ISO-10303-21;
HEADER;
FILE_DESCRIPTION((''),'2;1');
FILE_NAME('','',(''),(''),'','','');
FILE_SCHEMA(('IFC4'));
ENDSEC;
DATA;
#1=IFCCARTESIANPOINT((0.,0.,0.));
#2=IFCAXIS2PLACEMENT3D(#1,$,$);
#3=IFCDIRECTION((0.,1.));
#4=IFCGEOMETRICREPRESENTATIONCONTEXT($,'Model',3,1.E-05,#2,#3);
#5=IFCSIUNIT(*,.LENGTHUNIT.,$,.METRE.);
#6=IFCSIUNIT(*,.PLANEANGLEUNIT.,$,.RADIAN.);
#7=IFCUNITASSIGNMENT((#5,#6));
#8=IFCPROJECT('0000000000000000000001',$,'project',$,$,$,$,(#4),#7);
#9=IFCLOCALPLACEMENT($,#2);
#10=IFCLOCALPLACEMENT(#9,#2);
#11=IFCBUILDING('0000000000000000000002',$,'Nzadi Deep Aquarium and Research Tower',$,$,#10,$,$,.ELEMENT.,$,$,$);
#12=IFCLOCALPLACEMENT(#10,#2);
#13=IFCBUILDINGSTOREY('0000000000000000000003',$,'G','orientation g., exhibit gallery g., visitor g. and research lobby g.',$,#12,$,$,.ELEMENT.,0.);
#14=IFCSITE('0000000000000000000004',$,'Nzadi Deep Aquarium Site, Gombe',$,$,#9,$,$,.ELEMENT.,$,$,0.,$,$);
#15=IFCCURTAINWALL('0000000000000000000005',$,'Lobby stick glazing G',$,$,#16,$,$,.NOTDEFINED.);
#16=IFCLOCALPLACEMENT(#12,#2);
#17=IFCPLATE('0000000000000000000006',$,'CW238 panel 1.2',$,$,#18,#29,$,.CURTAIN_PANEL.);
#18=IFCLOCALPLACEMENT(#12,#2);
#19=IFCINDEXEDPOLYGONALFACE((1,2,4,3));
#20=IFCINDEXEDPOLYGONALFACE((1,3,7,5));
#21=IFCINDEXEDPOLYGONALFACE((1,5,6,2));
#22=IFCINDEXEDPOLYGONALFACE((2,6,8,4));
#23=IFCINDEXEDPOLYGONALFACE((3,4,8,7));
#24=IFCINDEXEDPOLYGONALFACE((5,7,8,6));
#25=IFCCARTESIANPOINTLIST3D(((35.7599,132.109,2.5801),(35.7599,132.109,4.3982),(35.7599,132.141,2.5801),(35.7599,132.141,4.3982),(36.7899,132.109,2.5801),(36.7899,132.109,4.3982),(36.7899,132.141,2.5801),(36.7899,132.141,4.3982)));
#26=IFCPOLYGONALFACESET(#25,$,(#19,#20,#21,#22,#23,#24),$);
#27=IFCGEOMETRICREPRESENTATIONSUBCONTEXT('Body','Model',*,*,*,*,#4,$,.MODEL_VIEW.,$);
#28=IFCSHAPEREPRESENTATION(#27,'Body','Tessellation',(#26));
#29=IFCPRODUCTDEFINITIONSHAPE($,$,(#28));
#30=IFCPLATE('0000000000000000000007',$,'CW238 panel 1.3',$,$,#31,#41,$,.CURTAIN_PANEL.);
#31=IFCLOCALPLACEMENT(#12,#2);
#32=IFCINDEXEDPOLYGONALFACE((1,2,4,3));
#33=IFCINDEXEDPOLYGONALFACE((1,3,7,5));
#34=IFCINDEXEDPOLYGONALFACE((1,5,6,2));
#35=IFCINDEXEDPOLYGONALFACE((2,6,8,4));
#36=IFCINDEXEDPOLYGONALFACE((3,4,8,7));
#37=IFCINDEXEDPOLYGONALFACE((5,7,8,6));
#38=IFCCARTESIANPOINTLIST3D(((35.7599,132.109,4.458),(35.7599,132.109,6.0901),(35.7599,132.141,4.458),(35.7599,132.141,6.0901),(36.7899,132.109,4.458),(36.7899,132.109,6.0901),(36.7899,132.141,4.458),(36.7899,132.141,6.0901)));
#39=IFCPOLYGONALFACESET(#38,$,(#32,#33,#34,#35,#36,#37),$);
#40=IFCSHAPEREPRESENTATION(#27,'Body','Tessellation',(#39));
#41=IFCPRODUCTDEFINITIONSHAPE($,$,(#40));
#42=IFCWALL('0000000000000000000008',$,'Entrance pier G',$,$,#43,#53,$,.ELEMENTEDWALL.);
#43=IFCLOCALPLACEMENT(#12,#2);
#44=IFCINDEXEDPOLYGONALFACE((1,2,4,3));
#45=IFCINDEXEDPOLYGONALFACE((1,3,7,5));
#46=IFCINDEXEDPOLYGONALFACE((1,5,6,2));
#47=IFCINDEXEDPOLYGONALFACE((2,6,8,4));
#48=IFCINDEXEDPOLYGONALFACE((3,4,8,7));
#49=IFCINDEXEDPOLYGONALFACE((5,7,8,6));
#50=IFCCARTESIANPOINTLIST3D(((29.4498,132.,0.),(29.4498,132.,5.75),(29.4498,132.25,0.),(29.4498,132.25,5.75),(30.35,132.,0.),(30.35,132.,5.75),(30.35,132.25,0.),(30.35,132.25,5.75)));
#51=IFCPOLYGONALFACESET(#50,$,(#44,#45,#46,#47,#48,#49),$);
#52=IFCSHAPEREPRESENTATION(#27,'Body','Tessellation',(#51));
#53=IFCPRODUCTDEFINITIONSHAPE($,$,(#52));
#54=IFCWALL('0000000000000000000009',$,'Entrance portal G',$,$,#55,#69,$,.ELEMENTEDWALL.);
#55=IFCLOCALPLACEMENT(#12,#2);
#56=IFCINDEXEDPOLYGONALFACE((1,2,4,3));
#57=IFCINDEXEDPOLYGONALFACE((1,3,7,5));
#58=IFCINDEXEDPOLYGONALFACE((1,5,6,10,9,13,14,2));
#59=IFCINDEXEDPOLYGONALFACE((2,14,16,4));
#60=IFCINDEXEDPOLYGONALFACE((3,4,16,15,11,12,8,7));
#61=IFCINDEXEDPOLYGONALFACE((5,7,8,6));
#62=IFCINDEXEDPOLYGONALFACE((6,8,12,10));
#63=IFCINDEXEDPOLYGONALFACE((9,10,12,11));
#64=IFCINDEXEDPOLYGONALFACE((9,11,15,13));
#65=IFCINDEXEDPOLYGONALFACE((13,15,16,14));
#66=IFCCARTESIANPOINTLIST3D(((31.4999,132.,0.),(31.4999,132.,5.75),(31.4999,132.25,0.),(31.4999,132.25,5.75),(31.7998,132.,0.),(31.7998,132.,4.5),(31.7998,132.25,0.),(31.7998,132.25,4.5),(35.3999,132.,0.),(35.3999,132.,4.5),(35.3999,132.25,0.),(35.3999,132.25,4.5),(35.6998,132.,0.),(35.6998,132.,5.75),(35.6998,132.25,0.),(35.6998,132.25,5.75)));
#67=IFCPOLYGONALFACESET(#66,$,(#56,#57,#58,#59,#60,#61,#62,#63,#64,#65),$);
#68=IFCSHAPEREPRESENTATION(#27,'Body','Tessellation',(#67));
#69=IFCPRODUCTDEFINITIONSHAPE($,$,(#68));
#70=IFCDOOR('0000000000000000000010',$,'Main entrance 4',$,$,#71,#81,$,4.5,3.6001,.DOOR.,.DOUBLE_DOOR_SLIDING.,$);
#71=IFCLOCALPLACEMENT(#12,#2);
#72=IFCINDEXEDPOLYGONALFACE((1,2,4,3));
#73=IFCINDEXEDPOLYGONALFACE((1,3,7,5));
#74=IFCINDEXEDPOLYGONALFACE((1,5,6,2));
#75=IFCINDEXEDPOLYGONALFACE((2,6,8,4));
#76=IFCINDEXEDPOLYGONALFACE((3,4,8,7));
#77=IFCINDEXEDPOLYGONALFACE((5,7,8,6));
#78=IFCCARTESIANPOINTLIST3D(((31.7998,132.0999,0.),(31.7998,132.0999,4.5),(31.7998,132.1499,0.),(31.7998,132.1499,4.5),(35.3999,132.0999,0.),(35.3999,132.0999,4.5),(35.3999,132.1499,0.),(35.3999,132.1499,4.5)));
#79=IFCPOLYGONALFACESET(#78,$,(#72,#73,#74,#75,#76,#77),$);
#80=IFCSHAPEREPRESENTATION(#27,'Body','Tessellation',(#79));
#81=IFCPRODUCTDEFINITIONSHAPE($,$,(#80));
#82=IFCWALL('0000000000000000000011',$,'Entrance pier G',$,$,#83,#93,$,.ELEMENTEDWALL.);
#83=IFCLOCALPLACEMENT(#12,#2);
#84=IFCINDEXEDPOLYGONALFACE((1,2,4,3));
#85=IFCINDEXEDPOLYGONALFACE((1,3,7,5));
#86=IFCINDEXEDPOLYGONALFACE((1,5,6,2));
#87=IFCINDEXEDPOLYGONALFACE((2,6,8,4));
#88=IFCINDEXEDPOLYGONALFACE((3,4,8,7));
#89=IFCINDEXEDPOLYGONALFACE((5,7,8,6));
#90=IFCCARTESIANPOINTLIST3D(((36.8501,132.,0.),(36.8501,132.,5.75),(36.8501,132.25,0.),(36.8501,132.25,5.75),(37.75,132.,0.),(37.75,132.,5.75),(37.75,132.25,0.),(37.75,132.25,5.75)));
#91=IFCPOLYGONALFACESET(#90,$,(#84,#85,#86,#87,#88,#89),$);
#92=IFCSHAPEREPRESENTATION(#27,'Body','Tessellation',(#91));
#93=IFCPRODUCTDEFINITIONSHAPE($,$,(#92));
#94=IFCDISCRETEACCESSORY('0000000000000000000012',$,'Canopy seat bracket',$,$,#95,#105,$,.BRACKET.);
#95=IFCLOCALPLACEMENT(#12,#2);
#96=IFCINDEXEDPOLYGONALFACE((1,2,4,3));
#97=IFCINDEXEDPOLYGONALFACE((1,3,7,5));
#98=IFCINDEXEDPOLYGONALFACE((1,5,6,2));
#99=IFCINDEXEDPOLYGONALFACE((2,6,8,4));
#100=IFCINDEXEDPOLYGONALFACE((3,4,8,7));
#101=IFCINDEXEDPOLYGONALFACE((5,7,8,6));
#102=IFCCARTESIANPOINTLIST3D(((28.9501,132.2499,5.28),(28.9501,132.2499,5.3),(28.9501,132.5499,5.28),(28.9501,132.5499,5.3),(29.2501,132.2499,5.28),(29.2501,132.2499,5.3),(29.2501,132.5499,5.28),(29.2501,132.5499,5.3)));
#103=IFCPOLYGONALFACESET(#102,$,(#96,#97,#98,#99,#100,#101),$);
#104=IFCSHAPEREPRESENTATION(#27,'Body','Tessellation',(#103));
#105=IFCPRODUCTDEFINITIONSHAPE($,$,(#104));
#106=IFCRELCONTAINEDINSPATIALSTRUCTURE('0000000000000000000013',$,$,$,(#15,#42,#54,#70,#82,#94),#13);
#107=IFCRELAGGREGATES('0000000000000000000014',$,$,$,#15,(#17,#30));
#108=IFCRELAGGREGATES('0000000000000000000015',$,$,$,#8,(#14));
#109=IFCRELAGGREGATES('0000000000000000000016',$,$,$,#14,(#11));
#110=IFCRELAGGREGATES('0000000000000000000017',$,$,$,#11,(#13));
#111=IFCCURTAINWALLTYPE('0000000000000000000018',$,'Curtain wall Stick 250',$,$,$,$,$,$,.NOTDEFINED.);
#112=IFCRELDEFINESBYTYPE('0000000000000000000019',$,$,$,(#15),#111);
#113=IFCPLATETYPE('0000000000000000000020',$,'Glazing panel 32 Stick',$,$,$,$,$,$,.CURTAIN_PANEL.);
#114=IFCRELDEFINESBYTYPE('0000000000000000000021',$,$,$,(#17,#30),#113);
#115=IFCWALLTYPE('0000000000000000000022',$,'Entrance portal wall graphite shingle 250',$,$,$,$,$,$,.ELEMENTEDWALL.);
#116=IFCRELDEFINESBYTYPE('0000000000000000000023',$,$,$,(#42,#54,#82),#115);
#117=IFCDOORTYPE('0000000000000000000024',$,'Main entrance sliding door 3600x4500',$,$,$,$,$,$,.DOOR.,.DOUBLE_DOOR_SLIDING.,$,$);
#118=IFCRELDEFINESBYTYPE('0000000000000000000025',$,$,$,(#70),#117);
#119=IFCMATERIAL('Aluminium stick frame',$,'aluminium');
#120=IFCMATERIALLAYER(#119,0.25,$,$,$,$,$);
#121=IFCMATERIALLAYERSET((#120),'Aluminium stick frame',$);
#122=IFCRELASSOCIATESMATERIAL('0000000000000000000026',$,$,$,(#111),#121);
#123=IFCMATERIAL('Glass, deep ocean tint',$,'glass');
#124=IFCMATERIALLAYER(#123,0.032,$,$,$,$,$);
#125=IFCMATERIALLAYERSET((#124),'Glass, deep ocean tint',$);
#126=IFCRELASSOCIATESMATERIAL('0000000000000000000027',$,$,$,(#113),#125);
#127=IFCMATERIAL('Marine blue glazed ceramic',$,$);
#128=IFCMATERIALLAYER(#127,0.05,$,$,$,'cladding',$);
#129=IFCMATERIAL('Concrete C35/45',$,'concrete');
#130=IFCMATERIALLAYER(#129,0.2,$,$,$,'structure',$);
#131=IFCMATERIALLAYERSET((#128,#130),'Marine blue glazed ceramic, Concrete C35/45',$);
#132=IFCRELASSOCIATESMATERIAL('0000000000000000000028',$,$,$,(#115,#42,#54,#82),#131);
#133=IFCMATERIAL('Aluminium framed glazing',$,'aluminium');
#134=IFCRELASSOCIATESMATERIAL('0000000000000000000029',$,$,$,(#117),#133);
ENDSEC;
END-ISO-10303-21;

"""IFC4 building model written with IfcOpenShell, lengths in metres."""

from ifc_helpers import new_model, si_unit, direction, frame, frame_2d, origin, origin_2d, place, context, subcontext, project, spatial, rectangle, extrude, material, layer, layer_set, layer_usage, type_object, element, fill, aggregate, save


model = new_model("IFC4")

# Units and contexts
model_context = context("Model", 3, precision=1e-05, world=origin(), true_north=direction((0.0, 1.0)))
body_context = subcontext(model_context, "Body", "Model", "MODEL_VIEW")
ifc_project = project(units=[si_unit("LENGTHUNIT", "METRE"), si_unit("PLANEANGLEUNIT", "RADIAN")], contexts=[model_context])

# Site, building, storey
site_placement = place(None, origin())
site = spatial("IfcSite", under=ifc_project, at=site_placement, Name="Nzadi Deep Aquarium Site, Gombe", CompositionType="ELEMENT", RefElevation=0.0)
building_placement = place(site_placement, origin())
building = spatial("IfcBuilding", under=site, at=building_placement, Name="Nzadi Deep Aquarium and Research Tower", CompositionType="ELEMENT")
storey_placement = place(building_placement, origin())
storey = spatial("IfcBuildingStorey", under=building, at=storey_placement, Name="G", Description="orientation g., exhibit gallery g., visitor g. and research lobby g.", CompositionType="ELEMENT", Elevation=0.0)

# Curtain wall
ifc_material_1 = material(Name="Aluminium stick frame", Category="aluminium")
ifc_layer_1 = layer(ifc_material_1, 0.25)
ifc_layer_set_1 = layer_set([ifc_layer_1], Name="Aluminium stick frame")
curtain_wall_type = type_object("IfcCurtainWallType", Name="Curtain wall Stick 250", PredefinedType="NOTDEFINED", material=ifc_layer_set_1)
curtain_wall_1_placement = place(storey_placement, origin())
curtain_wall_1 = element("IfcCurtainWall", 1, at=curtain_wall_1_placement, inside=storey, type_object=curtain_wall_type, Name="Lobby stick glazing G", PredefinedType="NOTDEFINED")

# Plates
ifc_material_2 = material(Name="Glass, deep ocean tint", Category="glass")
ifc_layer_2 = layer(ifc_material_2, 0.032)
ifc_layer_set_2 = layer_set([ifc_layer_2], Name="Glass, deep ocean tint")
plate_type_1 = type_object("IfcPlateType", Name="Glazing panel 32 Stick", PredefinedType="CURTAIN_PANEL", material=ifc_layer_set_2)
plate_1_placement = place(storey_placement, frame((36.2749, 132.125, 2.5801), z_axis=(0.0, 0.0, 1.0), x_axis=(1.0, 0.0, 0.0)))
plate_1 = element("IfcPlate", 2, at=plate_1_placement, type_object=plate_type_1, Name="CW238 panel 1.2", PredefinedType="CURTAIN_PANEL", context=body_context, shape_type="SweptSolid", body=[
    extrude(rectangle(XDim=1.03, YDim=0.032, at=origin_2d()), origin(), (0.0, 0.0, 1.0), 1.8181),
])
plate_2_placement = place(storey_placement, frame((36.2749, 132.125, 4.458), z_axis=(0.0, 0.0, 1.0), x_axis=(1.0, 0.0, 0.0)))
plate_2 = element("IfcPlate", 3, at=plate_2_placement, type_object=plate_type_1, Name="CW238 panel 1.3", PredefinedType="CURTAIN_PANEL", context=body_context, shape_type="SweptSolid", body=[
    extrude(rectangle(XDim=1.03, YDim=0.032, at=origin_2d()), origin(), (0.0, 0.0, 1.0), 1.6321),
])
aggregate(curtain_wall_1, [plate_1, plate_2])

# Wall
ifc_material_3 = material(Name="Marine blue glazed ceramic")
ifc_layer_3 = layer(ifc_material_3, 0.05, Category="cladding")
ifc_material_4 = material(Name="Concrete C35/45", Category="concrete")
ifc_layer_4 = layer(ifc_material_4, 0.2, Category="structure")
ifc_layer_set_3 = layer_set([ifc_layer_3, ifc_layer_4], Name="Marine blue glazed ceramic, Concrete C35/45")
ifc_layer_usage_1 = layer_usage(ifc_layer_set_3, "AXIS2", "POSITIVE", -0.125)
wall_type = type_object("IfcWallType", Name="Entrance portal wall graphite shingle 250", PredefinedType="ELEMENTEDWALL", material=ifc_layer_set_3)
wall_1_placement = place(storey_placement, frame((30.3501, 132.125, 0.0), z_axis=(0.0, 0.0, 1.0), x_axis=(-1.0, 0.0, 0.0)))
element("IfcWall", 4, at=wall_1_placement, inside=storey, type_object=wall_type, material=ifc_layer_usage_1, Name="Entrance pier G", PredefinedType="ELEMENTEDWALL", context=body_context, shape_type="SweptSolid", body=[
    extrude(rectangle(XDim=0.9001, YDim=0.25, at=frame_2d((0.4502, 0.0))), origin(), (0.0, 0.0, 1.0), 5.75),
])

# Wall, opening, door
ifc_layer_usage_2 = layer_usage(ifc_layer_set_3, "AXIS2", "POSITIVE", -0.125)
wall_2_placement = place(storey_placement, frame((35.7, 132.125, 0.0), z_axis=(0.0, 0.0, 1.0), x_axis=(-1.0, 0.0, 0.0)))
wall_2 = element("IfcWall", 5, at=wall_2_placement, inside=storey, type_object=wall_type, material=ifc_layer_usage_2, Name="Entrance portal G", PredefinedType="ELEMENTEDWALL", context=body_context, shape_type="SweptSolid", body=[
    extrude(rectangle(XDim=4.2, YDim=0.25, at=frame_2d((2.1001, 0.0))), origin(), (0.0, 0.0, 1.0), 5.75),
])
opening_placement = place(wall_2_placement, frame((0.3, 0.0, 0.0)))
opening = element("IfcOpeningElement", 6, at=opening_placement, cuts=wall_2, PredefinedType="OPENING", context=body_context, shape_type="SweptSolid", body=[
    extrude(rectangle(XDim=3.6001, YDim=4.5, at=frame_2d((1.8, 2.25))), frame((0.0, 0.135, 0.0), z_axis=(0.0, -1.0, 0.0), x_axis=(1.0, 0.0, 0.0)), (0.0, 0.0, 1.0), 0.27),
])
ifc_material_5 = material(Name="Aluminium framed glazing", Category="aluminium")
door_type = type_object("IfcDoorType", Name="Main entrance sliding door 3600x4500", OperationType="DOUBLE_DOOR_SLIDING", PredefinedType="DOOR", material=ifc_material_5)
door_placement = place(opening_placement, frame((3.6001, 0.0, 0.0), z_axis=(0.0, 0.0, 1.0), x_axis=(-1.0, 0.0, 0.0)))
door = element("IfcDoor", 7, at=door_placement, inside=storey, type_object=door_type, Name="Main entrance 4", OperationType="DOUBLE_DOOR_SLIDING", OverallHeight=4.5, OverallWidth=3.6001, PredefinedType="DOOR", context=body_context, shape_type="SweptSolid", body=[
    extrude(rectangle(XDim=3.6001, YDim=4.5, at=frame_2d((1.8, 2.25))), frame((0.0, 0.0249, 0.0), z_axis=(0.0, -1.0, 0.0), x_axis=(1.0, 0.0, 0.0)), (0.0, 0.0, 1.0), 0.05),
])
fill(opening, door)

# Wall
ifc_layer_usage_3 = layer_usage(ifc_layer_set_3, "AXIS2", "POSITIVE", -0.125)
wall_3_placement = place(storey_placement, frame((37.75, 132.125, 0.0), z_axis=(0.0, 0.0, 1.0), x_axis=(-1.0, 0.0, 0.0)))
element("IfcWall", 8, at=wall_3_placement, inside=storey, type_object=wall_type, material=ifc_layer_usage_3, Name="Entrance pier G", PredefinedType="ELEMENTEDWALL", context=body_context, shape_type="SweptSolid", body=[
    extrude(rectangle(XDim=0.8999, YDim=0.25, at=frame_2d((0.45, 0.0))), origin(), (0.0, 0.0, 1.0), 5.75),
])

# Discrete accessory
discrete_accessory_placement = place(storey_placement, frame((29.1001, 132.3999, 5.28), z_axis=(0.0, 0.0, 1.0), x_axis=(1.0, 0.0, 0.0)))
element("IfcDiscreteAccessory", 9, at=discrete_accessory_placement, inside=storey, Name="Canopy seat bracket", PredefinedType="BRACKET", context=body_context, shape_type="SweptSolid", body=[
    extrude(rectangle(XDim=0.3, YDim=0.3, at=origin_2d()), origin(), (0.0, 0.0, 1.0), 0.02),
])

save(model, "model.ifc")
